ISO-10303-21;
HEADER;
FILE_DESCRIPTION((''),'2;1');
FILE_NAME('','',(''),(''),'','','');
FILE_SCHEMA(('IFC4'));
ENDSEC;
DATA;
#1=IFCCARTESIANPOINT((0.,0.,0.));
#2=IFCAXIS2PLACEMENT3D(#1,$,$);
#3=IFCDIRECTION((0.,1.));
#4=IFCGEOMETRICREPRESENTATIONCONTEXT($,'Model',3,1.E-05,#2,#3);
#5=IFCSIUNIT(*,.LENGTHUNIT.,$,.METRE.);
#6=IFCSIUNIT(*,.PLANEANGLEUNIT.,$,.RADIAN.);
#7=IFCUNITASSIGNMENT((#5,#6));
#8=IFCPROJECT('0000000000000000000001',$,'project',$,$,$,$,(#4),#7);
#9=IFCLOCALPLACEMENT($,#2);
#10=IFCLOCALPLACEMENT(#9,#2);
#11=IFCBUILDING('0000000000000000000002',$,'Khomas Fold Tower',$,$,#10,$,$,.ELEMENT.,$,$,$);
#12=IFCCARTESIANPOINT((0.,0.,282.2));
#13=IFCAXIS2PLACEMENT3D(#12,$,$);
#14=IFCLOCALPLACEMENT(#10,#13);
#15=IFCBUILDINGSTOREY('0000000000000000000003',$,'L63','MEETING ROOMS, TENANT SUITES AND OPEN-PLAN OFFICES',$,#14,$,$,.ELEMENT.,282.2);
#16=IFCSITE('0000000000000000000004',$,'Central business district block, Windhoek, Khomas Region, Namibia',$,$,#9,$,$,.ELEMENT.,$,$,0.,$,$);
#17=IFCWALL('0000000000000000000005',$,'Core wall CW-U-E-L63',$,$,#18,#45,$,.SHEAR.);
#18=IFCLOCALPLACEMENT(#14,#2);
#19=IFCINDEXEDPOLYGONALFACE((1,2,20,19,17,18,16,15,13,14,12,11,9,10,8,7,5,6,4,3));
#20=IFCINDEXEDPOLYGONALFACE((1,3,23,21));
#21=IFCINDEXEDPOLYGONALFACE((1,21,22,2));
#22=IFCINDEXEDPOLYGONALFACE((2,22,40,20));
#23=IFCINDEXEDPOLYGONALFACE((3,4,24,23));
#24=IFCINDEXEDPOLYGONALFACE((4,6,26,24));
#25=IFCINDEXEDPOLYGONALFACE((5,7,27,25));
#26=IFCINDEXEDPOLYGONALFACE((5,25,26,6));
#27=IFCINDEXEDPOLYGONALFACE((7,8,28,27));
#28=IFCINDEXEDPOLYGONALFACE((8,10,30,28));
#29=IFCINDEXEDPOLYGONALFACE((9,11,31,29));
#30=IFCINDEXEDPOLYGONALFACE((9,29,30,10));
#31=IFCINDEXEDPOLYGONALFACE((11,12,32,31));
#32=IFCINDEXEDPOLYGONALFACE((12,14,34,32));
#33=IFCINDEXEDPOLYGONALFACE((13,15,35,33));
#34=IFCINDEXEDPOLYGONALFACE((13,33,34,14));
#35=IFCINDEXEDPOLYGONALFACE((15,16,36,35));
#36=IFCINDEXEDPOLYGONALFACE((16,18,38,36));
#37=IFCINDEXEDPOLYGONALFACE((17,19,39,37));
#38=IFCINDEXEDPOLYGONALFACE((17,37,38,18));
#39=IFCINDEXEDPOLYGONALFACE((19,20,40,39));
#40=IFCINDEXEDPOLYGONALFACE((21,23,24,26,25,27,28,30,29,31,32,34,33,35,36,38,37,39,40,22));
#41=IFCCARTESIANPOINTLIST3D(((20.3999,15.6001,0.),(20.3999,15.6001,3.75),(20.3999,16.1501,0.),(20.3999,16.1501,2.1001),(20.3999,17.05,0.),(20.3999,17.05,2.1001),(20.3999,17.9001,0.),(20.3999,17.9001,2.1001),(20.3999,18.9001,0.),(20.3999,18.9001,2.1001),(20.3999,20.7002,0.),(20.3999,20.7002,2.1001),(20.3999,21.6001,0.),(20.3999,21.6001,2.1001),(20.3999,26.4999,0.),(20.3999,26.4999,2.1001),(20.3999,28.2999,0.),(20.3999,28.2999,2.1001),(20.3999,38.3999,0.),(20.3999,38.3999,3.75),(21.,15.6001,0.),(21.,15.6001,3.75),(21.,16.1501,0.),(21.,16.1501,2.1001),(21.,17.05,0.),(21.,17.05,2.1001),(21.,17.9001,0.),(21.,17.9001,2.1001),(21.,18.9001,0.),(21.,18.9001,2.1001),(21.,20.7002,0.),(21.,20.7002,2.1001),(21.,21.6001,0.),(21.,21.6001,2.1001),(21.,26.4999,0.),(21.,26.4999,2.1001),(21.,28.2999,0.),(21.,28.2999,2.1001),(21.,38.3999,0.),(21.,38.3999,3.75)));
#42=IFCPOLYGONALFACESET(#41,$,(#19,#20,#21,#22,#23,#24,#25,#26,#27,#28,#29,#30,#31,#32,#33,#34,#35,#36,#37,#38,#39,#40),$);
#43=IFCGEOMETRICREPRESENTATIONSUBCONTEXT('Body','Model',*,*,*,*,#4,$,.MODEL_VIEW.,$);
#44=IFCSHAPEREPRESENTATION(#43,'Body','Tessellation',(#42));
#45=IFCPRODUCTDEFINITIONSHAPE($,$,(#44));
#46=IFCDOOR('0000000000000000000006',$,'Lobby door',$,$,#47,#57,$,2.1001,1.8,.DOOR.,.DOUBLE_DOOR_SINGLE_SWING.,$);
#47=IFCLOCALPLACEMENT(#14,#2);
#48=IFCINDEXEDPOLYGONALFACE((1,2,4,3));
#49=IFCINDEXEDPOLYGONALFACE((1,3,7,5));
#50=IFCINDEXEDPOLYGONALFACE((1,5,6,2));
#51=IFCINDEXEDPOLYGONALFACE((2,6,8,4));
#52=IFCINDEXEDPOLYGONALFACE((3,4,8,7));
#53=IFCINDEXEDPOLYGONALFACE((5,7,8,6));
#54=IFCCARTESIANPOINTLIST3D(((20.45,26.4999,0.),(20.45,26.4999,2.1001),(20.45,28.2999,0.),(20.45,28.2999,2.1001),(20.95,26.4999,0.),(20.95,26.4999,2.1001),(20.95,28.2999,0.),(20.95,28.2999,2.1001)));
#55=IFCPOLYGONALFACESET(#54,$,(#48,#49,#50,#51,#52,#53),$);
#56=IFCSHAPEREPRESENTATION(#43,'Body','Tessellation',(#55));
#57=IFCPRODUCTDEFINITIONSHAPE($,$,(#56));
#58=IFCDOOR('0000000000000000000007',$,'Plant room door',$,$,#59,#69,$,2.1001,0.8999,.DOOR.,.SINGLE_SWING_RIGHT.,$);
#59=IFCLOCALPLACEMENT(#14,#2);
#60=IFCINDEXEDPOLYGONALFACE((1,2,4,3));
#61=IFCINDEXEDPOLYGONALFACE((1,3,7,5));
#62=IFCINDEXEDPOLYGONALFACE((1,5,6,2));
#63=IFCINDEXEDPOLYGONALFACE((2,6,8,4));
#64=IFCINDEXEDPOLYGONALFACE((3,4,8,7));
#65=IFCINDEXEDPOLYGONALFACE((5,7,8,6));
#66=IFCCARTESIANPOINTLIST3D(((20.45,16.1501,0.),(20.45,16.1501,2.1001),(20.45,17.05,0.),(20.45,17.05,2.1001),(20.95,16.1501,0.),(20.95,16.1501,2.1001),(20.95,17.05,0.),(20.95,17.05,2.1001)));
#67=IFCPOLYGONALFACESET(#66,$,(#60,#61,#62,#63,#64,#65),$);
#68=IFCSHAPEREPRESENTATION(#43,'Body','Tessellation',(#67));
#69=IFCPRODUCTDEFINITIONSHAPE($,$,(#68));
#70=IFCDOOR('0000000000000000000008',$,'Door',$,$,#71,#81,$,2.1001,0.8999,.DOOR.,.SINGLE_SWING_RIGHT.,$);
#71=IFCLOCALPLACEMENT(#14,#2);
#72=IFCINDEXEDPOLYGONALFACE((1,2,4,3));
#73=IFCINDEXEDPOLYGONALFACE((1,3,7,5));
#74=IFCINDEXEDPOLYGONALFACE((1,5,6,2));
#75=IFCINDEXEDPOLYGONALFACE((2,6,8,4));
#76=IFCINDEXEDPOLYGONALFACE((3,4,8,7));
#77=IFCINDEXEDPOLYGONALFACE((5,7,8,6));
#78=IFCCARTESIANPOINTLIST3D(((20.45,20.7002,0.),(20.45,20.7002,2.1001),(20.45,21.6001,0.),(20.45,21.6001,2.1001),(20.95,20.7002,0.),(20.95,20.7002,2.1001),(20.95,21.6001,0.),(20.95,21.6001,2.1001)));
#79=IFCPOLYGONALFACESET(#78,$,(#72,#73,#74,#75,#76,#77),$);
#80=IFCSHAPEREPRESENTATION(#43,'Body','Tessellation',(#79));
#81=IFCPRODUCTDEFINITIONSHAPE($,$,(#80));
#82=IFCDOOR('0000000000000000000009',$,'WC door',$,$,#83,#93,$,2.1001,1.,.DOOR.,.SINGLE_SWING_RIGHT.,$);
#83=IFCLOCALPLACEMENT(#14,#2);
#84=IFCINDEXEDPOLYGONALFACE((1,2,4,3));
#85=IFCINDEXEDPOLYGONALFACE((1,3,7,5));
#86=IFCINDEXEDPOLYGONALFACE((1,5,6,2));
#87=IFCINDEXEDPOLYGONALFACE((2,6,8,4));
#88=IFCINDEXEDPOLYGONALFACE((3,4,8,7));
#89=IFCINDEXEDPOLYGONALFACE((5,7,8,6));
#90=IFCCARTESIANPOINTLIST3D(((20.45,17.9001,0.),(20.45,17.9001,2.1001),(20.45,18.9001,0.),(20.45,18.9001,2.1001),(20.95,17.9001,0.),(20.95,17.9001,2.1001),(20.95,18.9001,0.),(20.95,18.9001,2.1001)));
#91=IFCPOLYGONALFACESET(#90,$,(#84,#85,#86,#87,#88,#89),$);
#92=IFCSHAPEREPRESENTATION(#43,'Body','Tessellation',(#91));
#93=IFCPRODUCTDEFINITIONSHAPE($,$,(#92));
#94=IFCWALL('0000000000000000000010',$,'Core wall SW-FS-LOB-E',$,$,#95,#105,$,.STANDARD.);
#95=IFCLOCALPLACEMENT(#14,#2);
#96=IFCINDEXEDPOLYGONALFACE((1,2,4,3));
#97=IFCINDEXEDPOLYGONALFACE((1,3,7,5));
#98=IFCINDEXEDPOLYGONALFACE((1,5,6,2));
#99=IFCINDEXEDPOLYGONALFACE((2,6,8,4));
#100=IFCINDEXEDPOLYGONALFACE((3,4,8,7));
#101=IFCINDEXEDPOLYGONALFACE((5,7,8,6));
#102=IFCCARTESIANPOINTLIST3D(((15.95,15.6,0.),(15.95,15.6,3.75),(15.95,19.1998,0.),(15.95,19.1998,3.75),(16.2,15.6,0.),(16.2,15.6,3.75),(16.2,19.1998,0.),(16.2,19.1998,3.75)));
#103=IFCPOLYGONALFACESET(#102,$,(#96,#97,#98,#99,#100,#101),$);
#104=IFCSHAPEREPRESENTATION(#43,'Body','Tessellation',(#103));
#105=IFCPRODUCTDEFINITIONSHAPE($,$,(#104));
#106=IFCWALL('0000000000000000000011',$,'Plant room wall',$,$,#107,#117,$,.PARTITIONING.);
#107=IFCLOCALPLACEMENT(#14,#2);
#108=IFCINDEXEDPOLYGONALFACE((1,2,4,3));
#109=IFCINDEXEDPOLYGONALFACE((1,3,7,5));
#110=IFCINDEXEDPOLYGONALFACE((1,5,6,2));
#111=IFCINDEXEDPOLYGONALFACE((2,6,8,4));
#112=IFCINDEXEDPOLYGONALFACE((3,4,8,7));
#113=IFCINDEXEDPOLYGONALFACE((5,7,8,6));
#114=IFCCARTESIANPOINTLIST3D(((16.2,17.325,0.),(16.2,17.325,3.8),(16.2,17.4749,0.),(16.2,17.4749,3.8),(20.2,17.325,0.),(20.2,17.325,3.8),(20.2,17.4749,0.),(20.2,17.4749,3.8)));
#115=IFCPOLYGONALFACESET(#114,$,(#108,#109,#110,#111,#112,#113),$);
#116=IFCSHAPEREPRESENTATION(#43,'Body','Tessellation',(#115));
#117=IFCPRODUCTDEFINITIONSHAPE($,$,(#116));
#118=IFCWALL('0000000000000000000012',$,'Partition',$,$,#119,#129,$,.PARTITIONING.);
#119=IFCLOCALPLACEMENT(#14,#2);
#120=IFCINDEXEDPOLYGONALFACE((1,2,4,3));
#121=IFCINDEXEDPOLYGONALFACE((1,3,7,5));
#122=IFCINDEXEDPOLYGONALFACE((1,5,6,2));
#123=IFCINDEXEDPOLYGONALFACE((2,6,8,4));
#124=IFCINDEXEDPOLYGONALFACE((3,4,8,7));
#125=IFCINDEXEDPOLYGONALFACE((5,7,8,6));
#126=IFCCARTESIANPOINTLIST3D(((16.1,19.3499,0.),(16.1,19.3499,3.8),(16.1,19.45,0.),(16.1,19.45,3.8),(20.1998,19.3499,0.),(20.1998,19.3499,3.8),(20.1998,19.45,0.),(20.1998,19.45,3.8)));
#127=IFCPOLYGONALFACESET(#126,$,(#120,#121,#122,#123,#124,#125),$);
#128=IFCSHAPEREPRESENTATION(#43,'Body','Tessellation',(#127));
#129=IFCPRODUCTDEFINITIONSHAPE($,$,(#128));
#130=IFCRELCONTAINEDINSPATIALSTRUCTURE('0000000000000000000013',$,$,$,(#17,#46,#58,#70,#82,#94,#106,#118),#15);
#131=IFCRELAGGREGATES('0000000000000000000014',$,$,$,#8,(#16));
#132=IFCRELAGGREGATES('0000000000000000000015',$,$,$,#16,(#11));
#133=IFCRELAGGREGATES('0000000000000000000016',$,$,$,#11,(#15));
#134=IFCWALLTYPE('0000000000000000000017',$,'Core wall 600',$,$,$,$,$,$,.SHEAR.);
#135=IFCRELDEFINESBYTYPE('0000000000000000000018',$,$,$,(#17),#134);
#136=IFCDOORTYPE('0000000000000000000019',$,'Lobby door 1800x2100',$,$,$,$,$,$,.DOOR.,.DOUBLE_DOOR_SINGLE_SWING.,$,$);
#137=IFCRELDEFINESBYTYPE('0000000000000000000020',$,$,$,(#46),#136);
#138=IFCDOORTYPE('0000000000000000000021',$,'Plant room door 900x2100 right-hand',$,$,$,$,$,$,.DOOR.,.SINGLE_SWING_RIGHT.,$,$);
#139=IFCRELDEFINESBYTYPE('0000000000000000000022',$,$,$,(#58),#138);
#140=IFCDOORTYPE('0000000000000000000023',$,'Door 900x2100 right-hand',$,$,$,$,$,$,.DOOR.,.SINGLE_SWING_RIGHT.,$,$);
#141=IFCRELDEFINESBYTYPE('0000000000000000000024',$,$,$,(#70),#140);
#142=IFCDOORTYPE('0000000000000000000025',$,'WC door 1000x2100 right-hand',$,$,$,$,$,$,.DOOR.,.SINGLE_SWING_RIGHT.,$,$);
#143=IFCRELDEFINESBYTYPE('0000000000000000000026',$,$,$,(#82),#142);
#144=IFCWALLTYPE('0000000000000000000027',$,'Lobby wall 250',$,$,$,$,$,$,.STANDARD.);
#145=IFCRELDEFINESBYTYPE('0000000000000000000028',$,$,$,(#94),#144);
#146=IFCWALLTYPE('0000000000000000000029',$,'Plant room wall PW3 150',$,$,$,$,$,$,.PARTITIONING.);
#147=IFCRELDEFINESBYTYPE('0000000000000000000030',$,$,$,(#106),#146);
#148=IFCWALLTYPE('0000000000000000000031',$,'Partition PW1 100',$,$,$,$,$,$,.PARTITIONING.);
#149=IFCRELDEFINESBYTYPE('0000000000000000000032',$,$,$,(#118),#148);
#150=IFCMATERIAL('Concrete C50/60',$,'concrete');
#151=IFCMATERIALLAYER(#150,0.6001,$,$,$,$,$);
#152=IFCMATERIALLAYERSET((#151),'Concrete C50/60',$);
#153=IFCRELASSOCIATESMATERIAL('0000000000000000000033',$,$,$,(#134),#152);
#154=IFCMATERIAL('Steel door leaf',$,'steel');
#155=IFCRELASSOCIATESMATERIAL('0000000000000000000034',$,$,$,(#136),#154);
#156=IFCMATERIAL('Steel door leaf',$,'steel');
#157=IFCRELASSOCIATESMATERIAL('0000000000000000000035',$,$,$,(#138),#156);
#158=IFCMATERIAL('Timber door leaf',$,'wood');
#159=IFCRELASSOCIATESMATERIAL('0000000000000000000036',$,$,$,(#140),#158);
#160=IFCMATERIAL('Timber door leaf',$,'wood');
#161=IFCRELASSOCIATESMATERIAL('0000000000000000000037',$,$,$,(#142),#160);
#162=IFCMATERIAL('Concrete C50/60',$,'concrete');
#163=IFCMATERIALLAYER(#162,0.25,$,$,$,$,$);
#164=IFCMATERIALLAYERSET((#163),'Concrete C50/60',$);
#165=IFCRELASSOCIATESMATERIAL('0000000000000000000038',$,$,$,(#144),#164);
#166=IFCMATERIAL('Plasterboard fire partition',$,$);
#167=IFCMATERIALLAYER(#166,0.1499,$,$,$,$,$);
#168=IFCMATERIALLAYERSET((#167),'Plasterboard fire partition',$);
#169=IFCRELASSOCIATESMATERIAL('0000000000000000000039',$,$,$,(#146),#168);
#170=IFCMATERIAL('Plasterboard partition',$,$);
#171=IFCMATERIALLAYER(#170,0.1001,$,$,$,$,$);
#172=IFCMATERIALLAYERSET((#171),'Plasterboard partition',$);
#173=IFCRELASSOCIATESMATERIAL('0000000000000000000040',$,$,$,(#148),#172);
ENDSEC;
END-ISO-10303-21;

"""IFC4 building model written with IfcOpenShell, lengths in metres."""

from ifc_helpers import new_model, si_unit, direction, frame, frame_2d, origin, place, context, subcontext, project, spatial, rectangle, extrude, source, transform, mapped, material, layer, layer_set, type_object, element, fill, save


model = new_model("IFC4")

# Units and contexts
model_context = context("Model", 3, precision=1e-05, world=origin(), true_north=direction((0.0, 1.0)))
body_context = subcontext(model_context, "Body", "Model", "MODEL_VIEW")
ifc_project = project(units=[si_unit("LENGTHUNIT", "METRE"), si_unit("PLANEANGLEUNIT", "RADIAN")], contexts=[model_context])

# Site, building, storey
site_placement = place(None, origin())
site = spatial("IfcSite", under=ifc_project, at=site_placement, Name="Central business district block, Windhoek, Khomas Region, Namibia", CompositionType="ELEMENT", RefElevation=0.0)
building_placement = place(site_placement, origin())
building = spatial("IfcBuilding", under=site, at=building_placement, Name="Khomas Fold Tower", CompositionType="ELEMENT")
storey_placement = place(building_placement, frame((0.0, 0.0, 282.2)))
storey = spatial("IfcBuildingStorey", under=building, at=storey_placement, Name="L63", Description="MEETING ROOMS, TENANT SUITES AND OPEN-PLAN OFFICES", CompositionType="ELEMENT", Elevation=282.2)

# Wall, openings, doors
ifc_material_1 = material(Name="Concrete C50/60", Category="concrete")
ifc_layer_1 = layer(ifc_material_1, 0.6001)
ifc_layer_set_1 = layer_set([ifc_layer_1], Name="Concrete C50/60")
wall_type_1 = type_object("IfcWallType", Name="Core wall 600", PredefinedType="SHEAR", material=ifc_layer_set_1)
shared_shape_1 = source(origin(), body_context, "Body", "SweptSolid", [
    extrude(rectangle(XDim=22.7998, YDim=0.6001, at=frame_2d((11.3999, 0.0))), origin(), (0.0, 0.0, 1.0), 3.75),
])
wall_1_placement = place(storey_placement, frame((20.7, 15.6001, 0.0), z_axis=(0.0, 0.0, 1.0), x_axis=(0.0, 1.0, 0.0)))
wall_1 = element("IfcWall", 1, at=wall_1_placement, inside=storey, type_object=wall_type_1, Name="Core wall CW-U-E-L63", PredefinedType="SHEAR", context=body_context, shape_type="MappedRepresentation", body=[
    mapped(shared_shape_1, transform((0.0, 0.0, 0.0))),
])
shared_shape_2 = source(origin(), body_context, "Body", "SweptSolid", [
    extrude(rectangle(XDim=1.8, YDim=2.1001, at=frame_2d((0.8999, 1.05))), frame((0.0, 0.3101, 0.0), z_axis=(0.0, -1.0, 0.0), x_axis=(1.0, 0.0, 0.0)), (0.0, 0.0, 1.0), 0.6201),
])
opening_1_placement = place(wall_1_placement, frame((10.8999, 0.0, 0.0)))
opening_1 = element("IfcOpeningElement", 2, at=opening_1_placement, cuts=wall_1, PredefinedType="OPENING", context=body_context, shape_type="MappedRepresentation", body=[
    mapped(shared_shape_2, transform((0.0, 0.0, 0.0))),
])
shared_shape_3 = source(origin(), body_context, "Body", "SweptSolid", [
    extrude(rectangle(XDim=0.8999, YDim=2.1001, at=frame_2d((0.45, 1.05))), frame((0.0, 0.3101, 0.0), z_axis=(0.0, -1.0, 0.0), x_axis=(1.0, 0.0, 0.0)), (0.0, 0.0, 1.0), 0.6201),
])
opening_2_placement = place(wall_1_placement, frame((0.55, 0.0, 0.0)))
opening_2 = element("IfcOpeningElement", 3, at=opening_2_placement, cuts=wall_1, PredefinedType="OPENING", context=body_context, shape_type="MappedRepresentation", body=[
    mapped(shared_shape_3, transform((0.0, 0.0, 0.0))),
])
shared_shape_4 = source(origin(), body_context, "Body", "SweptSolid", [
    extrude(rectangle(XDim=1.0, YDim=2.1001, at=frame_2d((0.5, 1.05))), frame((0.0, 0.3101, 0.0), z_axis=(0.0, -1.0, 0.0), x_axis=(1.0, 0.0, 0.0)), (0.0, 0.0, 1.0), 0.6201),
])
opening_3_placement = place(wall_1_placement, frame((2.3, 0.0, 0.0)))
opening_3 = element("IfcOpeningElement", 4, at=opening_3_placement, cuts=wall_1, PredefinedType="OPENING", context=body_context, shape_type="MappedRepresentation", body=[
    mapped(shared_shape_4, transform((0.0, 0.0, 0.0))),
])
opening_4_placement = place(wall_1_placement, frame((5.1001, 0.0, 0.0)))
opening_4 = element("IfcOpeningElement", 5, at=opening_4_placement, cuts=wall_1, PredefinedType="OPENING", context=body_context, shape_type="MappedRepresentation", body=[
    mapped(shared_shape_3, transform((0.0, 0.0, 0.0))),
])
ifc_material_2 = material(Name="Steel door leaf", Category="steel")
door_type_1 = type_object("IfcDoorType", Name="Lobby door 1800x2100", OperationType="DOUBLE_DOOR_SINGLE_SWING", PredefinedType="DOOR", material=ifc_material_2)
shared_shape_5 = source(origin(), body_context, "Body", "SweptSolid", [
    extrude(rectangle(XDim=1.8, YDim=2.1001, at=frame_2d((0.8999, 1.05))), frame((0.0, 0.25, 0.0), z_axis=(0.0, -1.0, 0.0), x_axis=(1.0, 0.0, 0.0)), (0.0, 0.0, 1.0), 0.5),
])
door_1_placement = place(opening_1_placement, origin())
door_1 = element("IfcDoor", 6, at=door_1_placement, inside=storey, type_object=door_type_1, Name="Lobby door", OperationType="DOUBLE_DOOR_SINGLE_SWING", OverallHeight=2.1001, OverallWidth=1.8, PredefinedType="DOOR", context=body_context, shape_type="MappedRepresentation", body=[
    mapped(shared_shape_5, transform((0.0, 0.0, 0.0))),
])
fill(opening_1, door_1)
ifc_material_3 = material(Name="Steel door leaf", Category="steel")
door_type_2 = type_object("IfcDoorType", Name="Plant room door 900x2100 right-hand", OperationType="SINGLE_SWING_RIGHT", PredefinedType="DOOR", material=ifc_material_3)
shared_shape_6 = source(origin(), body_context, "Body", "SweptSolid", [
    extrude(rectangle(XDim=0.8999, YDim=2.1001, at=frame_2d((0.45, 1.05))), frame((0.0, 0.25, 0.0), z_axis=(0.0, -1.0, 0.0), x_axis=(1.0, 0.0, 0.0)), (0.0, 0.0, 1.0), 0.5),
])
door_2_placement = place(opening_2_placement, origin())
door_2 = element("IfcDoor", 7, at=door_2_placement, inside=storey, type_object=door_type_2, Name="Plant room door", OperationType="SINGLE_SWING_RIGHT", OverallHeight=2.1001, OverallWidth=0.8999, PredefinedType="DOOR", context=body_context, shape_type="MappedRepresentation", body=[
    mapped(shared_shape_6, transform((0.0, 0.0, 0.0))),
])
fill(opening_2, door_2)
ifc_material_4 = material(Name="Timber door leaf", Category="wood")
door_type_3 = type_object("IfcDoorType", Name="Door 900x2100 right-hand", OperationType="SINGLE_SWING_RIGHT", PredefinedType="DOOR", material=ifc_material_4)
door_3_placement = place(opening_4_placement, origin())
door_3 = element("IfcDoor", 8, at=door_3_placement, inside=storey, type_object=door_type_3, Name="Door", OperationType="SINGLE_SWING_RIGHT", OverallHeight=2.1001, OverallWidth=0.8999, PredefinedType="DOOR", context=body_context, shape_type="MappedRepresentation", body=[
    mapped(shared_shape_6, transform((0.0, 0.0, 0.0))),
])
fill(opening_4, door_3)
ifc_material_5 = material(Name="Timber door leaf", Category="wood")
door_type_4 = type_object("IfcDoorType", Name="WC door 1000x2100 right-hand", OperationType="SINGLE_SWING_RIGHT", PredefinedType="DOOR", material=ifc_material_5)
shared_shape_7 = source(origin(), body_context, "Body", "SweptSolid", [
    extrude(rectangle(XDim=1.0, YDim=2.1001, at=frame_2d((0.5, 1.05))), frame((0.0, 0.25, 0.0), z_axis=(0.0, -1.0, 0.0), x_axis=(1.0, 0.0, 0.0)), (0.0, 0.0, 1.0), 0.5),
])
door_4_placement = place(opening_3_placement, origin())
door_4 = element("IfcDoor", 9, at=door_4_placement, inside=storey, type_object=door_type_4, Name="WC door", OperationType="SINGLE_SWING_RIGHT", OverallHeight=2.1001, OverallWidth=1.0, PredefinedType="DOOR", context=body_context, shape_type="MappedRepresentation", body=[
    mapped(shared_shape_7, transform((0.0, 0.0, 0.0))),
])
fill(opening_3, door_4)

# Walls
ifc_material_6 = material(Name="Concrete C50/60", Category="concrete")
ifc_layer_2 = layer(ifc_material_6, 0.25)
ifc_layer_set_2 = layer_set([ifc_layer_2], Name="Concrete C50/60")
wall_type_2 = type_object("IfcWallType", Name="Lobby wall 250", PredefinedType="STANDARD", material=ifc_layer_set_2)
shared_shape_8 = source(origin(), body_context, "Body", "SweptSolid", [
    extrude(rectangle(XDim=3.5999, YDim=0.25, at=frame_2d((1.7998, 0.0))), origin(), (0.0, 0.0, 1.0), 3.75),
])
wall_2_placement = place(storey_placement, frame((16.075, 15.6001, 0.0), z_axis=(0.0, 0.0, 1.0), x_axis=(0.0, 1.0, 0.0)))
element("IfcWall", 10, at=wall_2_placement, inside=storey, type_object=wall_type_2, Name="Core wall SW-FS-LOB-E", PredefinedType="STANDARD", context=body_context, shape_type="MappedRepresentation", body=[
    mapped(shared_shape_8, transform((0.0, 0.0, 0.0))),
])
ifc_material_7 = material(Name="Plasterboard fire partition")
ifc_layer_3 = layer(ifc_material_7, 0.1499)
ifc_layer_set_3 = layer_set([ifc_layer_3], Name="Plasterboard fire partition")
wall_type_3 = type_object("IfcWallType", Name="Plant room wall PW3 150", PredefinedType="PARTITIONING", material=ifc_layer_set_3)
shared_shape_9 = source(origin(), body_context, "Body", "SweptSolid", [
    extrude(rectangle(XDim=4.0, YDim=0.1499, at=frame_2d((2.0, 0.0))), origin(), (0.0, 0.0, 1.0), 3.8),
])
wall_3_placement = place(storey_placement, frame((16.2, 17.3999, 0.0), z_axis=(0.0, 0.0, 1.0), x_axis=(1.0, 0.0, 0.0)))
element("IfcWall", 11, at=wall_3_placement, inside=storey, type_object=wall_type_3, Name="Plant room wall", PredefinedType="PARTITIONING", context=body_context, shape_type="MappedRepresentation", body=[
    mapped(shared_shape_9, transform((0.0, 0.0, 0.0))),
])
ifc_material_8 = material(Name="Plasterboard partition")
ifc_layer_4 = layer(ifc_material_8, 0.1001)
ifc_layer_set_4 = layer_set([ifc_layer_4], Name="Plasterboard partition")
wall_type_4 = type_object("IfcWallType", Name="Partition PW1 100", PredefinedType="PARTITIONING", material=ifc_layer_set_4)
shared_shape_10 = source(origin(), body_context, "Body", "SweptSolid", [
    extrude(rectangle(XDim=4.0999, YDim=0.1001, at=frame_2d((2.0498, 0.0))), origin(), (0.0, 0.0, 1.0), 3.8),
])
wall_4_placement = place(storey_placement, frame((16.1001, 19.3999, 0.0), z_axis=(0.0, 0.0, 1.0), x_axis=(1.0, 0.0, 0.0)))
element("IfcWall", 12, at=wall_4_placement, inside=storey, type_object=wall_type_4, Name="Partition", PredefinedType="PARTITIONING", context=body_context, shape_type="MappedRepresentation", body=[
    mapped(shared_shape_10, transform((0.0, 0.0, 0.0))),
])

save(model, "model.ifc")
